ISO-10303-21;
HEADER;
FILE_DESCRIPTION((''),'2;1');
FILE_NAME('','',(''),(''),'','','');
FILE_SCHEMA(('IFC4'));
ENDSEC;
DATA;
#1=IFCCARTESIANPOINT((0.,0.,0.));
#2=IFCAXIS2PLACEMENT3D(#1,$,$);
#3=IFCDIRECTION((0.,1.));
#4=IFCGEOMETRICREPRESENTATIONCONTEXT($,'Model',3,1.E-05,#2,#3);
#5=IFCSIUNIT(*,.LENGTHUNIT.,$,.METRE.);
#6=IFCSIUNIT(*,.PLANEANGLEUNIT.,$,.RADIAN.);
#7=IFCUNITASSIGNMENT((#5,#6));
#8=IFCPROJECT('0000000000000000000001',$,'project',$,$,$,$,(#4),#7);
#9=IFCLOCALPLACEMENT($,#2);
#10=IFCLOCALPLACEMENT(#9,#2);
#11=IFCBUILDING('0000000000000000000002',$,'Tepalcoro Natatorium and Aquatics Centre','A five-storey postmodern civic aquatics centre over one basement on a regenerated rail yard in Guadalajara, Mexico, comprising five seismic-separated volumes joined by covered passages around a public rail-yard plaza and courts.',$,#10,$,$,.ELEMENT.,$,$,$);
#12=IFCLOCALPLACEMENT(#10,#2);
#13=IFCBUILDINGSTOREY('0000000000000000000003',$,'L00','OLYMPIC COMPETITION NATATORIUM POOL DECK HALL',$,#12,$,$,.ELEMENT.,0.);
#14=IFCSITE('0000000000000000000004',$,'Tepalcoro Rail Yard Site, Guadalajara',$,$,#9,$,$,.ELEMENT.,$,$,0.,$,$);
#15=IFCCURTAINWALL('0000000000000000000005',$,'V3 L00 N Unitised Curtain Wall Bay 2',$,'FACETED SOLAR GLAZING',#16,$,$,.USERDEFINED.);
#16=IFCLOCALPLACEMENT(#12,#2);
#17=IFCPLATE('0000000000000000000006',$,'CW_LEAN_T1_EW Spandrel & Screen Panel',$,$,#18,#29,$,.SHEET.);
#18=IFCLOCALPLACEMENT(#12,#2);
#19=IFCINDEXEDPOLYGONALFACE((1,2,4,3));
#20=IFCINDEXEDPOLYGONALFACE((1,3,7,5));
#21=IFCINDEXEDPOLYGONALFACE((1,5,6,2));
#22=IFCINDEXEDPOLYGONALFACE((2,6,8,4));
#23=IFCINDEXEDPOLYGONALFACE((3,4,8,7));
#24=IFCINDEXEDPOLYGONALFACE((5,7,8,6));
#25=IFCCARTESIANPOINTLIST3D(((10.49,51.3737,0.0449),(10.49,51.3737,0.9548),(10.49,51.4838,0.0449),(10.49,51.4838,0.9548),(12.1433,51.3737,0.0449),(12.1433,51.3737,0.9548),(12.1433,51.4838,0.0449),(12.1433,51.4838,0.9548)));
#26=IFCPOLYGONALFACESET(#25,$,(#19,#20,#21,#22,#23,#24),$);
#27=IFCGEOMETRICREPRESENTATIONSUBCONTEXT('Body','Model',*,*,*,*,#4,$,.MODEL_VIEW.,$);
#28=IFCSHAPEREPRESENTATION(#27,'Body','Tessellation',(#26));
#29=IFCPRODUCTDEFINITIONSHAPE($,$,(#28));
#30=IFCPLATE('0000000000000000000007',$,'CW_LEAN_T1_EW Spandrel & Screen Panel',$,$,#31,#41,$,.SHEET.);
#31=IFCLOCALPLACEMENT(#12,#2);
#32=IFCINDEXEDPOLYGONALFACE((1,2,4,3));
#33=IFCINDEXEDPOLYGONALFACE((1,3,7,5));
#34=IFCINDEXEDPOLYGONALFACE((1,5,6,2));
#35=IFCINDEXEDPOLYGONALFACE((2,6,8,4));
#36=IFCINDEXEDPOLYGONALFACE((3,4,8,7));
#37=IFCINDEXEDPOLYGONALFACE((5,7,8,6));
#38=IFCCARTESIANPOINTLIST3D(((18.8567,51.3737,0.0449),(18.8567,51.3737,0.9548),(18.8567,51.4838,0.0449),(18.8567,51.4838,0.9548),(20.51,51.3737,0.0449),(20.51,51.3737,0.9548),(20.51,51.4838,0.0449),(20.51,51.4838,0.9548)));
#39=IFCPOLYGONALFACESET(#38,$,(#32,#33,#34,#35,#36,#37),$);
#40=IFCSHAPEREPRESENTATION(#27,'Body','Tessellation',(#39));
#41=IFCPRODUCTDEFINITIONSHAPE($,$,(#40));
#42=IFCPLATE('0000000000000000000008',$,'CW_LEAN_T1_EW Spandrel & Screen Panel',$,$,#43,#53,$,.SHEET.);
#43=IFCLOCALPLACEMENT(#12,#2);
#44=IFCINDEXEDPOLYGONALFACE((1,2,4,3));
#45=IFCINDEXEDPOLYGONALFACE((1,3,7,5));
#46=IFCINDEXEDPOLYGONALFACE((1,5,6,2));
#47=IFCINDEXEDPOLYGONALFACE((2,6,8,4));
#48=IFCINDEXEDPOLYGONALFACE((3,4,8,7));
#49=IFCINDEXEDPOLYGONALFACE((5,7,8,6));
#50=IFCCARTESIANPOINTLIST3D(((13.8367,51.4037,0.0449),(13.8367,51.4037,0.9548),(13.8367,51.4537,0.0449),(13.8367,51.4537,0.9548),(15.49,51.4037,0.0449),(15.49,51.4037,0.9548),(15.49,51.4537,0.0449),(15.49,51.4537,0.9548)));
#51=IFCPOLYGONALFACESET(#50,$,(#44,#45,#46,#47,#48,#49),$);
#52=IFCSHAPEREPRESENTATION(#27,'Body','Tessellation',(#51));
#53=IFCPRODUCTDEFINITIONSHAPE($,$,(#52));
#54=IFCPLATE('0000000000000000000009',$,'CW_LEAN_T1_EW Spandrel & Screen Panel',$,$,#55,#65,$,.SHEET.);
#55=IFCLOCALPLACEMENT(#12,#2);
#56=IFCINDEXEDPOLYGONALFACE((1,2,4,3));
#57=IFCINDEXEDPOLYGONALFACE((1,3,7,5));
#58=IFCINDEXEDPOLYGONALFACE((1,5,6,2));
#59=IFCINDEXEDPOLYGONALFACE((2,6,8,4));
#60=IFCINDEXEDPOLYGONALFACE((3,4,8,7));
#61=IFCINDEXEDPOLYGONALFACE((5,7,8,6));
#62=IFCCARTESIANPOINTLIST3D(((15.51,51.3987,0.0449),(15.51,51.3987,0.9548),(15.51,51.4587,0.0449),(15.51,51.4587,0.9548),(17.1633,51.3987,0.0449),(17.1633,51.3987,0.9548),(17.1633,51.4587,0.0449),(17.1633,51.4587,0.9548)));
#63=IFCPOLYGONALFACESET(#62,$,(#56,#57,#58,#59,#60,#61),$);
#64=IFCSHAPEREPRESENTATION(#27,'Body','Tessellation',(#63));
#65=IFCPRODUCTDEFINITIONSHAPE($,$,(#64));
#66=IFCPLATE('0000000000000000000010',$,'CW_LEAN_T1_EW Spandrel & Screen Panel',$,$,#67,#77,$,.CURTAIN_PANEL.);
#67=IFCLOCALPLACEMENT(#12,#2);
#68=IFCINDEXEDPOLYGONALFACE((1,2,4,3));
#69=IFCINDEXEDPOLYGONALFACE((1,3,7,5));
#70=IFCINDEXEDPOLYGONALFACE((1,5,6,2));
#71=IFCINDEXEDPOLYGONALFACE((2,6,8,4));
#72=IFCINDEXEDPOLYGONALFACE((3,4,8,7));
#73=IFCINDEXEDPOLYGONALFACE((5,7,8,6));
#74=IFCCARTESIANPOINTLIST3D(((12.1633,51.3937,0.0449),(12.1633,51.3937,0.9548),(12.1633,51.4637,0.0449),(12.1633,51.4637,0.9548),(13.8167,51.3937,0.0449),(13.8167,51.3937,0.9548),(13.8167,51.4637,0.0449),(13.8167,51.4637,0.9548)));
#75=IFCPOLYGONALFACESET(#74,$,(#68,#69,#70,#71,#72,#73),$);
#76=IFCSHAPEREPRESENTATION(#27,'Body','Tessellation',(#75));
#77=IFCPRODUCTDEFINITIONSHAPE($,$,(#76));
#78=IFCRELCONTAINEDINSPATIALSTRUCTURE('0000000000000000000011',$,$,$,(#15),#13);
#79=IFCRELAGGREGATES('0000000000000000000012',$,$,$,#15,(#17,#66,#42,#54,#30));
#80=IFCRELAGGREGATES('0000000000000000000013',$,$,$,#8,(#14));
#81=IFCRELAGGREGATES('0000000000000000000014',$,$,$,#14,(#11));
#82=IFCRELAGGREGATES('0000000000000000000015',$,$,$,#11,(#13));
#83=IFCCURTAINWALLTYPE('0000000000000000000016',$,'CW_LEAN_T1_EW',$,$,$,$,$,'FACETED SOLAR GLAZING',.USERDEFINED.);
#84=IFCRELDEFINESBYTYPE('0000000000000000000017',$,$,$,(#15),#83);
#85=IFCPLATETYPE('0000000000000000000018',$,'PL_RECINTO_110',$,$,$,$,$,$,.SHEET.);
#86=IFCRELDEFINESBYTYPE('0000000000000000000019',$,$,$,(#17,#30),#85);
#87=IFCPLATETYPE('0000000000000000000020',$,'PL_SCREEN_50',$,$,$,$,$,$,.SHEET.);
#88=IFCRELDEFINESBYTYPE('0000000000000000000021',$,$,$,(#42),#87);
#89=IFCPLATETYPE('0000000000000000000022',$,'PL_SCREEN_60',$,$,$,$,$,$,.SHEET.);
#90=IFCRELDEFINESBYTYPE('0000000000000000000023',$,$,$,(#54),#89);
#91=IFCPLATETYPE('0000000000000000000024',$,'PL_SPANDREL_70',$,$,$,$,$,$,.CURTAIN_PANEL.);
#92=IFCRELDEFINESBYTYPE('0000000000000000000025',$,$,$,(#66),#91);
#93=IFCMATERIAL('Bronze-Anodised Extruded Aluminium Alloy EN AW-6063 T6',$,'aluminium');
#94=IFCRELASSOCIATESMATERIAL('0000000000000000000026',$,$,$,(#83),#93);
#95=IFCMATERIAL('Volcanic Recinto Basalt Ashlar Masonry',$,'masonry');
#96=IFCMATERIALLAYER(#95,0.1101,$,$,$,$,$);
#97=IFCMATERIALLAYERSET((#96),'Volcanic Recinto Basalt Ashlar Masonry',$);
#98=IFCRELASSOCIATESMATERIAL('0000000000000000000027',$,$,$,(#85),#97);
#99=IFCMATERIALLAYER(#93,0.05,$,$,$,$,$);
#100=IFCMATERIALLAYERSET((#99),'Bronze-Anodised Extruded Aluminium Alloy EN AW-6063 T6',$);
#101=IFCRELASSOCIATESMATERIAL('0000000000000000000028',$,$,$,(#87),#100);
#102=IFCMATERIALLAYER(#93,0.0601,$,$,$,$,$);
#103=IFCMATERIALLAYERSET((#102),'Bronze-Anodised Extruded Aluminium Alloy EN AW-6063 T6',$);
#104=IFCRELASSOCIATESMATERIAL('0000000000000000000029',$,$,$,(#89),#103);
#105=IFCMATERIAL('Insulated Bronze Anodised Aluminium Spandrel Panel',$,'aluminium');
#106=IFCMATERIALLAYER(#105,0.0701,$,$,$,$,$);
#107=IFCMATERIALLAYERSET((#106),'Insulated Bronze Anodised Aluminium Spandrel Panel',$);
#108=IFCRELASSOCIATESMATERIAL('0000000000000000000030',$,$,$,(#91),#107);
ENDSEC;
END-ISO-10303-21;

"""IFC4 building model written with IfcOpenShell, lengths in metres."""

from ifc_helpers import new_model, si_unit, direction, frame, origin, origin_2d, place, context, subcontext, project, spatial, rectangle, extrude, material, layer, layer_set, type_object, element, aggregate, save


model = new_model("IFC4")

# Units and contexts
model_context = context("Model", 3, precision=1e-05, world=origin(), true_north=direction((0.0, 1.0)))
body_context = subcontext(model_context, "Body", "Model", "MODEL_VIEW")
ifc_project = project(units=[si_unit("LENGTHUNIT", "METRE"), si_unit("PLANEANGLEUNIT", "RADIAN")], contexts=[model_context])

# Site, building, storey
site_placement = place(None, origin())
site = spatial("IfcSite", under=ifc_project, at=site_placement, Name="Tepalcoro Rail Yard Site, Guadalajara", CompositionType="ELEMENT", RefElevation=0.0)
building_placement = place(site_placement, origin())
building = spatial("IfcBuilding", under=site, at=building_placement, Name="Tepalcoro Natatorium and Aquatics Centre", Description="A five-storey postmodern civic aquatics centre over one basement on a regenerated rail yard in Guadalajara, Mexico, comprising five seismic-separated volumes joined by covered passages around a public rail-yard plaza and courts.", CompositionType="ELEMENT")
storey_placement = place(building_placement, origin())
storey = spatial("IfcBuildingStorey", under=building, at=storey_placement, Name="L00", Description="OLYMPIC COMPETITION NATATORIUM POOL DECK HALL", CompositionType="ELEMENT", Elevation=0.0)

# Curtain wall
ifc_material_1 = material(Name="Bronze-Anodised Extruded Aluminium Alloy EN AW-6063 T6", Category="aluminium")
curtain_wall_type_1 = type_object("IfcCurtainWallType", Name="CW_LEAN_T1_EW", ElementType="FACETED SOLAR GLAZING", PredefinedType="USERDEFINED", material=ifc_material_1)
curtain_wall_1_placement = place(storey_placement, origin())
curtain_wall_1 = element("IfcCurtainWall", 1, at=curtain_wall_1_placement, inside=storey, type_object=curtain_wall_type_1, Name="V3 L00 N Unitised Curtain Wall Bay 2", ObjectType="FACETED SOLAR GLAZING", PredefinedType="USERDEFINED")

# Plates
ifc_material_2 = material(Name="Volcanic Recinto Basalt Ashlar Masonry", Category="masonry")
ifc_layer_1 = layer(ifc_material_2, 0.1101)
ifc_layer_set_1 = layer_set([ifc_layer_1], Name="Volcanic Recinto Basalt Ashlar Masonry")
plate_type_1 = type_object("IfcPlateType", Name="PL_RECINTO_110", PredefinedType="SHEET", material=ifc_layer_set_1)
plate_1_placement = place(storey_placement, frame((11.3167, 51.4287, 0.0449), z_axis=(0.0, 0.0, 1.0), x_axis=(1.0, 0.0, 0.0)))
plate_1 = element("IfcPlate", 2, at=plate_1_placement, type_object=plate_type_1, Name="CW_LEAN_T1_EW Spandrel & Screen Panel", PredefinedType="SHEET", context=body_context, shape_type="SweptSolid", body=[
    extrude(rectangle(XDim=1.6533, YDim=0.1101, at=origin_2d()), origin(), (0.0, 0.0, 1.0), 0.9099),
])
plate_2_placement = place(storey_placement, frame((19.6833, 51.4287, 0.0449), z_axis=(0.0, 0.0, 1.0), x_axis=(1.0, 0.0, 0.0)))
plate_2 = element("IfcPlate", 3, at=plate_2_placement, type_object=plate_type_1, Name="CW_LEAN_T1_EW Spandrel & Screen Panel", PredefinedType="SHEET", context=body_context, shape_type="SweptSolid", body=[
    extrude(rectangle(XDim=1.6533, YDim=0.1101, at=origin_2d()), origin(), (0.0, 0.0, 1.0), 0.9099),
])
ifc_layer_2 = layer(ifc_material_1, 0.05)
ifc_layer_set_2 = layer_set([ifc_layer_2], Name="Bronze-Anodised Extruded Aluminium Alloy EN AW-6063 T6")
plate_type_2 = type_object("IfcPlateType", Name="PL_SCREEN_50", PredefinedType="SHEET", material=ifc_layer_set_2)
plate_3_placement = place(storey_placement, frame((14.6633, 51.4287, 0.0449), z_axis=(0.0, 0.0, 1.0), x_axis=(1.0, 0.0, 0.0)))
plate_3 = element("IfcPlate", 4, at=plate_3_placement, type_object=plate_type_2, Name="CW_LEAN_T1_EW Spandrel & Screen Panel", PredefinedType="SHEET", context=body_context, shape_type="SweptSolid", body=[
    extrude(rectangle(XDim=1.6533, YDim=0.05, at=origin_2d()), origin(), (0.0, 0.0, 1.0), 0.9099),
])
ifc_layer_3 = layer(ifc_material_1, 0.0601)
ifc_layer_set_3 = layer_set([ifc_layer_3], Name="Bronze-Anodised Extruded Aluminium Alloy EN AW-6063 T6")
plate_type_3 = type_object("IfcPlateType", Name="PL_SCREEN_60", PredefinedType="SHEET", material=ifc_layer_set_3)
plate_4_placement = place(storey_placement, frame((16.3367, 51.4287, 0.0449), z_axis=(0.0, 0.0, 1.0), x_axis=(1.0, 0.0, 0.0)))
plate_4 = element("IfcPlate", 5, at=plate_4_placement, type_object=plate_type_3, Name="CW_LEAN_T1_EW Spandrel & Screen Panel", PredefinedType="SHEET", context=body_context, shape_type="SweptSolid", body=[
    extrude(rectangle(XDim=1.6533, YDim=0.0601, at=origin_2d()), origin(), (0.0, 0.0, 1.0), 0.9099),
])
ifc_material_3 = material(Name="Insulated Bronze Anodised Aluminium Spandrel Panel", Category="aluminium")
ifc_layer_4 = layer(ifc_material_3, 0.0701)
ifc_layer_set_4 = layer_set([ifc_layer_4], Name="Insulated Bronze Anodised Aluminium Spandrel Panel")
plate_type_4 = type_object("IfcPlateType", Name="PL_SPANDREL_70", PredefinedType="CURTAIN_PANEL", material=ifc_layer_set_4)
plate_5_placement = place(storey_placement, frame((12.99, 51.4287, 0.0449), z_axis=(0.0, 0.0, 1.0), x_axis=(1.0, 0.0, 0.0)))
plate_5 = element("IfcPlate", 6, at=plate_5_placement, type_object=plate_type_4, Name="CW_LEAN_T1_EW Spandrel & Screen Panel", PredefinedType="CURTAIN_PANEL", context=body_context, shape_type="SweptSolid", body=[
    extrude(rectangle(XDim=1.6533, YDim=0.0701, at=origin_2d()), origin(), (0.0, 0.0, 1.0), 0.9099),
])
aggregate(curtain_wall_1, [plate_1, plate_5, plate_3, plate_4, plate_2])

save(model, "model.ifc")
